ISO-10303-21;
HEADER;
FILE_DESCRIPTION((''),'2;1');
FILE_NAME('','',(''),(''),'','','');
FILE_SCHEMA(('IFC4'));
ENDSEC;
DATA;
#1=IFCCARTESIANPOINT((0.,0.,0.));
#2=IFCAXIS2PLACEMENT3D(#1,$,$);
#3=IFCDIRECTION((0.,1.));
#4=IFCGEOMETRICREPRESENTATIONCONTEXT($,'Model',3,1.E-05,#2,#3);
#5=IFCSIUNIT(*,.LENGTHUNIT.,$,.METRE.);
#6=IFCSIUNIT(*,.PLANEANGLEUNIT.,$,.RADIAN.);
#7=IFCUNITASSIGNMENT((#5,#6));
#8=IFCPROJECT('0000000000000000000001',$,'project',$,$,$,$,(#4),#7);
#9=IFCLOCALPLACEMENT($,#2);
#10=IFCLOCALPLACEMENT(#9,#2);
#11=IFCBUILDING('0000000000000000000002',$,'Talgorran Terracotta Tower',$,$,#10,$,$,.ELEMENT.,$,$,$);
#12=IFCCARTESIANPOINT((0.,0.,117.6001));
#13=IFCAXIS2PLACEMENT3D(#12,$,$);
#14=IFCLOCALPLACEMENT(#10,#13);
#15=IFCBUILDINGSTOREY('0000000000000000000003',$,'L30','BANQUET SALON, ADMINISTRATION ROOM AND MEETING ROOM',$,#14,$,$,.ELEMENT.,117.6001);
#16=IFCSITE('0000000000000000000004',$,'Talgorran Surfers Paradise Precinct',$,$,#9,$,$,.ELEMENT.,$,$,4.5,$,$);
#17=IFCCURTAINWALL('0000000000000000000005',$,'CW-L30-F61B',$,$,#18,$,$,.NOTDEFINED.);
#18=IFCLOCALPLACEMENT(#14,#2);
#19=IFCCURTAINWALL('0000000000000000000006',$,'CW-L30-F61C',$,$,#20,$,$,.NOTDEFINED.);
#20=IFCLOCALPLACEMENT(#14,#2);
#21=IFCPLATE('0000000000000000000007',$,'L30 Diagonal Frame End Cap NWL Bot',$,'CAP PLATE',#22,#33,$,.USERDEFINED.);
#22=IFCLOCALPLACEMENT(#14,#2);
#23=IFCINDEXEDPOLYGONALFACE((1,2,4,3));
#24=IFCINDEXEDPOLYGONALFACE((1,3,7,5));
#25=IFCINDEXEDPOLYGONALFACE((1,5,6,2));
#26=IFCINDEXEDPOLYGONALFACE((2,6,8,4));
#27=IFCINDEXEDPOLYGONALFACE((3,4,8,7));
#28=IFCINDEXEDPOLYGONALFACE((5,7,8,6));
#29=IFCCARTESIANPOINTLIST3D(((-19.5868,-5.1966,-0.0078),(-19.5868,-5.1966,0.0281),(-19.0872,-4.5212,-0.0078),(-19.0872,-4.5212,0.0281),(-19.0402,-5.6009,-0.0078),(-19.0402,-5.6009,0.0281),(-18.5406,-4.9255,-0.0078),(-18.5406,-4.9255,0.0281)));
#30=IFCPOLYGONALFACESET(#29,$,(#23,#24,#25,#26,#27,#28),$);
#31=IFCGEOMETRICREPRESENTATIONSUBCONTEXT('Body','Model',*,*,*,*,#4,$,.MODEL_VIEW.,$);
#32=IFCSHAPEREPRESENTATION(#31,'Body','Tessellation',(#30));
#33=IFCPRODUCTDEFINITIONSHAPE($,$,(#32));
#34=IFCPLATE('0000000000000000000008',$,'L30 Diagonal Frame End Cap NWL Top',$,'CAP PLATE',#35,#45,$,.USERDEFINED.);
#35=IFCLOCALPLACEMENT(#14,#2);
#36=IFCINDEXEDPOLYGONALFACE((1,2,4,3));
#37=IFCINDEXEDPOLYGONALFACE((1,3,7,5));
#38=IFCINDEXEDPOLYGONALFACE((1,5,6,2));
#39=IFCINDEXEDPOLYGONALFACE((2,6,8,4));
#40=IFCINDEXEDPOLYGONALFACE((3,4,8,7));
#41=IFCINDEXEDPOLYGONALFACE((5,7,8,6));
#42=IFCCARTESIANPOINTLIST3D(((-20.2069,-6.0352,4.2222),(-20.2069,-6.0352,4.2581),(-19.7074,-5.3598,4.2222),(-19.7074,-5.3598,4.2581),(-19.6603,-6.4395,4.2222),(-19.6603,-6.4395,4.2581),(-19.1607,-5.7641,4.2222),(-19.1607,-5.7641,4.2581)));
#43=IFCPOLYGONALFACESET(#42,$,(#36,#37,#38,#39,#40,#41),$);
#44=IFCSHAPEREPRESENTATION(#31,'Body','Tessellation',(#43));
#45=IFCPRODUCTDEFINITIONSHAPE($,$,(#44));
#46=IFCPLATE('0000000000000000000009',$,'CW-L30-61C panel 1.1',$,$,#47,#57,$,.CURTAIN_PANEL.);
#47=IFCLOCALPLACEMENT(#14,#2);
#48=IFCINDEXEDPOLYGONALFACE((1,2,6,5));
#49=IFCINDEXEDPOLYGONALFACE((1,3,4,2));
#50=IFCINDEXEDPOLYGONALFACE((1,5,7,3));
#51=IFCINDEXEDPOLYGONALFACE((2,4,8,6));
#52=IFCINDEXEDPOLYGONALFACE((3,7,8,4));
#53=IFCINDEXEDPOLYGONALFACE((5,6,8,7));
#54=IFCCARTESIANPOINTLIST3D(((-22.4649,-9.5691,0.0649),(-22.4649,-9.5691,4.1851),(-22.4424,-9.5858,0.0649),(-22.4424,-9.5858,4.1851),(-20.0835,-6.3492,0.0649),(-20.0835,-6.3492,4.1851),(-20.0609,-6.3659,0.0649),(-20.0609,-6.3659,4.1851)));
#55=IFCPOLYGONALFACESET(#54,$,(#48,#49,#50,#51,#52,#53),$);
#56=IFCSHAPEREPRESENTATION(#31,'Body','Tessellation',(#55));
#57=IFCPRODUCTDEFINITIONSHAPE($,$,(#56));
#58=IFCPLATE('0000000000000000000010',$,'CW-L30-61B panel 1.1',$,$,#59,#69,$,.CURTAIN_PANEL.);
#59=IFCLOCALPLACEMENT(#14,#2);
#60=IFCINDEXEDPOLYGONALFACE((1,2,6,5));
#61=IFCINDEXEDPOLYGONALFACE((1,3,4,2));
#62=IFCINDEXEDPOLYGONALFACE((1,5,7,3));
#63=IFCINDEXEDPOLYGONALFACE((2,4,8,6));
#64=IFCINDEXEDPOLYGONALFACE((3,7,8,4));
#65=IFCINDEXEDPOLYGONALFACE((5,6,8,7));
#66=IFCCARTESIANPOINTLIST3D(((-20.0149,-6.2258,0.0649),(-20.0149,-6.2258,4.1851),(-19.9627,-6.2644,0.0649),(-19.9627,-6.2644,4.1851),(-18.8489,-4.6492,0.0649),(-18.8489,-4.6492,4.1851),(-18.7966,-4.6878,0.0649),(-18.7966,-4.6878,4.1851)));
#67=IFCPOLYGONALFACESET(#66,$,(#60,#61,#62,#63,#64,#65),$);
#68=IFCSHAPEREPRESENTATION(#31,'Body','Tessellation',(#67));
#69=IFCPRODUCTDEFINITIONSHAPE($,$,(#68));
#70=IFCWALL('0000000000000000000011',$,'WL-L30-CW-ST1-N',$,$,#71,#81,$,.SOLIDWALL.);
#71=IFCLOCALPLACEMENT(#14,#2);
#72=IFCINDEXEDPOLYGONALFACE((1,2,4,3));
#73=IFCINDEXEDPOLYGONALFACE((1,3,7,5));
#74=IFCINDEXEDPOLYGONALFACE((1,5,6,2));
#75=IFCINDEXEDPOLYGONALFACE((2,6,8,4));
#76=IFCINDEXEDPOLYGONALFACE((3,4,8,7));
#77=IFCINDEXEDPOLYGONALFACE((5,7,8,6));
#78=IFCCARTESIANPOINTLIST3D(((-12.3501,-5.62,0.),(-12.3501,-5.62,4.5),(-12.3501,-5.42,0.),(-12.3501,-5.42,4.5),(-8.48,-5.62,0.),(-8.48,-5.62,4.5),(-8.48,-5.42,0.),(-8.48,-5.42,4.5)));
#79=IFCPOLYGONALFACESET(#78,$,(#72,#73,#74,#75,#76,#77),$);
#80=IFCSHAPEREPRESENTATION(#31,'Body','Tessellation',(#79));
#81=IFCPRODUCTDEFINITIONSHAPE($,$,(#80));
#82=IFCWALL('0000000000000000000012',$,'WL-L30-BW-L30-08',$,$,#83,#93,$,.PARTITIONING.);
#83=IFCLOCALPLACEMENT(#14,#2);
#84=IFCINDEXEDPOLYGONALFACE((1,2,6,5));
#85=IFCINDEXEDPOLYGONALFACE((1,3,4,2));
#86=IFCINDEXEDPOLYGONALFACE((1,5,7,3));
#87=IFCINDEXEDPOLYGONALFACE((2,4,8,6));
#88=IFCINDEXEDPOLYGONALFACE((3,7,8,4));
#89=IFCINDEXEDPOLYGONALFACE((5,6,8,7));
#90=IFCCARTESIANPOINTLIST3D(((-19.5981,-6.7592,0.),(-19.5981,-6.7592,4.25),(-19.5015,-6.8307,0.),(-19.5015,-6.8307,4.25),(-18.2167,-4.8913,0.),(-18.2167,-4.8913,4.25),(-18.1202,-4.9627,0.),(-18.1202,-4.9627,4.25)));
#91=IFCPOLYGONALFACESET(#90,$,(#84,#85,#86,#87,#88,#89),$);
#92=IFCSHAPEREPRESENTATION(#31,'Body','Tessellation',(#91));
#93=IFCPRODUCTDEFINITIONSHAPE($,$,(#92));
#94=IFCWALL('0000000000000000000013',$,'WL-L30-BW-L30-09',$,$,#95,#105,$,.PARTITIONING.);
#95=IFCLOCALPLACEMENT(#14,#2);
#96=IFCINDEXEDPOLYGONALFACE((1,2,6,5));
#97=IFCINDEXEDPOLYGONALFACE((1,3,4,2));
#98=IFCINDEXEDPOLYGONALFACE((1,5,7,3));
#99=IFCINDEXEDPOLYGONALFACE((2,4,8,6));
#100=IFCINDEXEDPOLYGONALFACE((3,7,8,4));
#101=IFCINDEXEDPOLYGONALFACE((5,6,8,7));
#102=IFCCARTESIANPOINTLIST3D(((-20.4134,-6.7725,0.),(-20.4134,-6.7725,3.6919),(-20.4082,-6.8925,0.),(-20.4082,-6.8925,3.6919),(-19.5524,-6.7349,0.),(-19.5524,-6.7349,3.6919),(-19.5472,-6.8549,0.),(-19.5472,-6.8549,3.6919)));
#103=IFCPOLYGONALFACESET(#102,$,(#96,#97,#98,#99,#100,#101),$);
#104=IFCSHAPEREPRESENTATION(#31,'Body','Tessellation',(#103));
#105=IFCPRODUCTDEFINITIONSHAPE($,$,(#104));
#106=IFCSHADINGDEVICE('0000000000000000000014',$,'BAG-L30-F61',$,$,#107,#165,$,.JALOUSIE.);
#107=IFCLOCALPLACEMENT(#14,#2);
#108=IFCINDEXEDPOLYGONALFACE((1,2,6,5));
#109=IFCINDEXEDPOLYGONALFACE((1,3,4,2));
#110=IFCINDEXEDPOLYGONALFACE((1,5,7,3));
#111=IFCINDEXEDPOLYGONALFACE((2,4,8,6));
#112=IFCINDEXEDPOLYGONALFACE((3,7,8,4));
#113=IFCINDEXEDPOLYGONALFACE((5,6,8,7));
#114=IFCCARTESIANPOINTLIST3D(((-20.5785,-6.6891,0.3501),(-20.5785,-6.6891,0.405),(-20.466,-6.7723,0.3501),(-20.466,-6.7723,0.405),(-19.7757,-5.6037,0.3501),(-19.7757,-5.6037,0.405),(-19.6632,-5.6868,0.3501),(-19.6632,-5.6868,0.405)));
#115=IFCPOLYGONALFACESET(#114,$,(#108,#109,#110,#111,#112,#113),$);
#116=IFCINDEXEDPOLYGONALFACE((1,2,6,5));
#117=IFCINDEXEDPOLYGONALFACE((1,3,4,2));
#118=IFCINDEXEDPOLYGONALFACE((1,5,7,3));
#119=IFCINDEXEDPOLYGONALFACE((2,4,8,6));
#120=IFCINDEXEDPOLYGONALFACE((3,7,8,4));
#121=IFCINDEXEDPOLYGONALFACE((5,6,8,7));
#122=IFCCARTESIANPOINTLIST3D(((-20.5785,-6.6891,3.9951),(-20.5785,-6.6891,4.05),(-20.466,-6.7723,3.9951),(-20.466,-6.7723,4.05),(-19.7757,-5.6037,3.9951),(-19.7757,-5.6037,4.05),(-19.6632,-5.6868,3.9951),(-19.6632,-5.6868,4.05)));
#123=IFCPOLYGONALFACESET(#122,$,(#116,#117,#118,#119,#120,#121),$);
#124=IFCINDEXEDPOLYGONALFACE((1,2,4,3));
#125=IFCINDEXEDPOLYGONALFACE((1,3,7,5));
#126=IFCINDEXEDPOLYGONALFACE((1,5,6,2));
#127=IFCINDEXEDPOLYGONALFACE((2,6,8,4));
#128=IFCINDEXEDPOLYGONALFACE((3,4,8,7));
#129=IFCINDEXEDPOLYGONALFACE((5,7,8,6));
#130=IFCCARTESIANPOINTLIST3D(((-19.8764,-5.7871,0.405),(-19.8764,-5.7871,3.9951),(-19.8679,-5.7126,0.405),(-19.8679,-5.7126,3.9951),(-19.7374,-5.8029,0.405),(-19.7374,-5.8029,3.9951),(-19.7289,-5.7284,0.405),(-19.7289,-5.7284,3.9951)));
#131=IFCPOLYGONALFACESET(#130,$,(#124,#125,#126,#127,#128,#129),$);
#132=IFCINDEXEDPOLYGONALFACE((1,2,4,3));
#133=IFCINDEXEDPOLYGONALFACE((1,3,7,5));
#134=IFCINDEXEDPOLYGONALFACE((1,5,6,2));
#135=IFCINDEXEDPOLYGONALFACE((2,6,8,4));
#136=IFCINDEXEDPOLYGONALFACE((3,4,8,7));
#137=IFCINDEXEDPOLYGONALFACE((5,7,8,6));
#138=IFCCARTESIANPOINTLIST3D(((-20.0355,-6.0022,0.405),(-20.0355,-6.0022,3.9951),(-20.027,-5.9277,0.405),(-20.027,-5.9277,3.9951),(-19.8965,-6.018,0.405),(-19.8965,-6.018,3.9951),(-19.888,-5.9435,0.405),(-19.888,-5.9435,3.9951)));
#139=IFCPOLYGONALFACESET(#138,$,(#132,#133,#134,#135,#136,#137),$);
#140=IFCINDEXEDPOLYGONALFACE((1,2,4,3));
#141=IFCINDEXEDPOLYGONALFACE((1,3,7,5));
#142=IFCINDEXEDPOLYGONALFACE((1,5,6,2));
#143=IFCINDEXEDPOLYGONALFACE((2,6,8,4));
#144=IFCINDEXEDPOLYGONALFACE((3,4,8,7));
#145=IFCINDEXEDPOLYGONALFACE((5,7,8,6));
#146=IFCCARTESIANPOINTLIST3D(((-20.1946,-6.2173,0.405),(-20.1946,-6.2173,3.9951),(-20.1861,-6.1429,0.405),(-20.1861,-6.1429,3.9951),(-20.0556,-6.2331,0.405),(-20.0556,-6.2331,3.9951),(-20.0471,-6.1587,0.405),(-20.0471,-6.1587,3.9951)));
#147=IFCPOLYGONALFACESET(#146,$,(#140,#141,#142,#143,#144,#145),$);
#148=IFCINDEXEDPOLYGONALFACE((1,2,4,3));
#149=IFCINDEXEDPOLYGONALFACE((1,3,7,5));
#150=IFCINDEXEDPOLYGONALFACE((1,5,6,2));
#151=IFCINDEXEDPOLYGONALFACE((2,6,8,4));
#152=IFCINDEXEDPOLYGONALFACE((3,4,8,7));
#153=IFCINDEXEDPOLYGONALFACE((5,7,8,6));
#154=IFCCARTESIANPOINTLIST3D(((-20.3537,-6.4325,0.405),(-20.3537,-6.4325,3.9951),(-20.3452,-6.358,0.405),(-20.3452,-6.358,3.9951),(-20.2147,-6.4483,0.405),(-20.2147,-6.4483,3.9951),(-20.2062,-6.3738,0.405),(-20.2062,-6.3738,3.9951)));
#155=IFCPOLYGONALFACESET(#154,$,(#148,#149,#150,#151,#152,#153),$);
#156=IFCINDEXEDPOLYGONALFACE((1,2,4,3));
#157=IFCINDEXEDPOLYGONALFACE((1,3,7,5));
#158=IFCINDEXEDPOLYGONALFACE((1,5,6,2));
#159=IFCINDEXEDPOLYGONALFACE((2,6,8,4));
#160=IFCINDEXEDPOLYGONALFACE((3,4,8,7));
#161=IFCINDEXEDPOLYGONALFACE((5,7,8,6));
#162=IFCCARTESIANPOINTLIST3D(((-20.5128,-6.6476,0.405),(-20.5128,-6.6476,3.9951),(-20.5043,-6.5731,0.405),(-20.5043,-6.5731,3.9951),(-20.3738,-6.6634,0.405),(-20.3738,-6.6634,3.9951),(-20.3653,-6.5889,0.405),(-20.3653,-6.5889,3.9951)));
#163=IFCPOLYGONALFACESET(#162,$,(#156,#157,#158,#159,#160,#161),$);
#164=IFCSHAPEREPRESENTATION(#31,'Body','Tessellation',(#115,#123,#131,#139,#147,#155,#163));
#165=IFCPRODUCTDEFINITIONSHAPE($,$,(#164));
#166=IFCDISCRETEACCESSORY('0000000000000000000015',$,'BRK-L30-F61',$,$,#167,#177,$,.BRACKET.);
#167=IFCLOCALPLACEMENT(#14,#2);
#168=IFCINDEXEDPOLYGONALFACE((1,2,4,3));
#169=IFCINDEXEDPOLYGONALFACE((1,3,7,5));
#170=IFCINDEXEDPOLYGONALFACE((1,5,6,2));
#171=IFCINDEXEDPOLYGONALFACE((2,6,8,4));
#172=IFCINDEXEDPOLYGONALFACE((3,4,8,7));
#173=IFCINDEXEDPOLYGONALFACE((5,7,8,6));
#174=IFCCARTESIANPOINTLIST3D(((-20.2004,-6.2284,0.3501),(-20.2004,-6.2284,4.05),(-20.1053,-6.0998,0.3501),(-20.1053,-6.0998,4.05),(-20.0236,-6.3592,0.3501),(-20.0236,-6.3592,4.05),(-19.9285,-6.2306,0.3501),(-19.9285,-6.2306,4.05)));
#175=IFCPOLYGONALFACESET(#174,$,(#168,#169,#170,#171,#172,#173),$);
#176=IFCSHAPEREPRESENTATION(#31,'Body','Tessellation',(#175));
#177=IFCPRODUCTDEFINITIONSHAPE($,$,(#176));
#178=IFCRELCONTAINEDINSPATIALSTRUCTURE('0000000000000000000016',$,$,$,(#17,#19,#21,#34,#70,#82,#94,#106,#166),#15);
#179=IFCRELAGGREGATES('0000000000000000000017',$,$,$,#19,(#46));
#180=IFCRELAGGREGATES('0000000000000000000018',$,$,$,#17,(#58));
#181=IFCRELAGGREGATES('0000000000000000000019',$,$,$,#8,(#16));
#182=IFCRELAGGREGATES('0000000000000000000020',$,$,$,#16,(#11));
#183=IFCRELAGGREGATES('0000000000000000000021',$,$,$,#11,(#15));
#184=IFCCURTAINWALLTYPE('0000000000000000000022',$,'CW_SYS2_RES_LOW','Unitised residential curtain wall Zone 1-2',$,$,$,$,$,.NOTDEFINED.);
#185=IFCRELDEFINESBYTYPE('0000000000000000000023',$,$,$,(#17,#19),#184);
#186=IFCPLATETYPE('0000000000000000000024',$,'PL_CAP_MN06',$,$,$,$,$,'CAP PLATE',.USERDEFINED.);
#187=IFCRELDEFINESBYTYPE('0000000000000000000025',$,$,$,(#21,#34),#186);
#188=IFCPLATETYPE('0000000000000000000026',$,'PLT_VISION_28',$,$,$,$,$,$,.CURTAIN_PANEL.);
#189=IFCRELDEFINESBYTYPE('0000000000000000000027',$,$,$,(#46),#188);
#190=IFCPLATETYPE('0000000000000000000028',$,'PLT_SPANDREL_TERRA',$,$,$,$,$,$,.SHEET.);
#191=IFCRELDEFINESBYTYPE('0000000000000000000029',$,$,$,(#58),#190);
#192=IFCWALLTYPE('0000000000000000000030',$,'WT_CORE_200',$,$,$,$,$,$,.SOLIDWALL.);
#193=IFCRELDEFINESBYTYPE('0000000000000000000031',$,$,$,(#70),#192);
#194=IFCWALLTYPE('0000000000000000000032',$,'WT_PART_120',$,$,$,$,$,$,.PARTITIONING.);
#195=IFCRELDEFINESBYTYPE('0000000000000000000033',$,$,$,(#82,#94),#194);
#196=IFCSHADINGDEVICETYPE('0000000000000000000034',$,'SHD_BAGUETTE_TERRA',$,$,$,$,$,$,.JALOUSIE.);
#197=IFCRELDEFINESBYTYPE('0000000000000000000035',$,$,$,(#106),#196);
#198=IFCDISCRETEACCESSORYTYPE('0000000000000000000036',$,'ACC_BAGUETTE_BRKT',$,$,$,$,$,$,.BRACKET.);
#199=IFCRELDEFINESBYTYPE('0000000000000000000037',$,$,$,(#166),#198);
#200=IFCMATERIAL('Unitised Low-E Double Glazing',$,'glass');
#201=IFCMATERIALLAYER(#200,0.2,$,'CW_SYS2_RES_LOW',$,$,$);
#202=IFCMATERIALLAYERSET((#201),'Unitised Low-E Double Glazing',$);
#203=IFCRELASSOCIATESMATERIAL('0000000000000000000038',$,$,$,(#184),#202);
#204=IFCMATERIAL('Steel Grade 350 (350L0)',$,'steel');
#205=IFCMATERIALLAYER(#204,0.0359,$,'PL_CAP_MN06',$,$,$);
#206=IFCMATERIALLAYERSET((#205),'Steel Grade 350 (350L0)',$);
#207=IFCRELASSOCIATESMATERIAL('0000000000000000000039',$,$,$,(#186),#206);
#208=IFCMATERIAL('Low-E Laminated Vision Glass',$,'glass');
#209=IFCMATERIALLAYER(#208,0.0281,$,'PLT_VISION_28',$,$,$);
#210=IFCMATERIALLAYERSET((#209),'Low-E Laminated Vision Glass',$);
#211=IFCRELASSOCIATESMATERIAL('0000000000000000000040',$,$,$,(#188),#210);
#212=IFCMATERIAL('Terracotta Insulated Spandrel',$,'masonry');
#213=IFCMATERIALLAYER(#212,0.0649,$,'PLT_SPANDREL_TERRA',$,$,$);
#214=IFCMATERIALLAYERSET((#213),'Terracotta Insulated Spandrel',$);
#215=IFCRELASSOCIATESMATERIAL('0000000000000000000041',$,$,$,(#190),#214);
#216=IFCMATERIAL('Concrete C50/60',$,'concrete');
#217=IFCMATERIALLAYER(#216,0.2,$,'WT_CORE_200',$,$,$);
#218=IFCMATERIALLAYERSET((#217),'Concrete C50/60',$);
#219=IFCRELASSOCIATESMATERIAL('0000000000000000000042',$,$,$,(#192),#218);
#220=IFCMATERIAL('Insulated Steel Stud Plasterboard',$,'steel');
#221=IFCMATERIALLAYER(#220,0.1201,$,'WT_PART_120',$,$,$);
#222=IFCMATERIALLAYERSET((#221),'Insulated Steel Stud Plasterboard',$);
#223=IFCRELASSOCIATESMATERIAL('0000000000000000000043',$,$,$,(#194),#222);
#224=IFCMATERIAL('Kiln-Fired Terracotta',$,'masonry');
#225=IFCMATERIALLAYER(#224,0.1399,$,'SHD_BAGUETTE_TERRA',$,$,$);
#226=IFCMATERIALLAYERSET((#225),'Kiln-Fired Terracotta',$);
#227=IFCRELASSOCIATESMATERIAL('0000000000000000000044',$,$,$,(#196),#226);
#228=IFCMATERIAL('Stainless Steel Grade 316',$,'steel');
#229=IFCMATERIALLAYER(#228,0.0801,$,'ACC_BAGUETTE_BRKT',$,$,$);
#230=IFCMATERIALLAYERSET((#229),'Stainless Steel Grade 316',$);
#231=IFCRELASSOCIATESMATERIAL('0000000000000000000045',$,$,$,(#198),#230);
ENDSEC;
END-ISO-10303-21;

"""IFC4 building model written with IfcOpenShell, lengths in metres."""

from ifc_helpers import new_model, si_unit, direction, frame, frame_2d, origin, origin_2d, place, context, subcontext, project, spatial, rectangle, extrude, source, transform, mapped, material, layer, layer_set, type_object, type_shapes, element, aggregate, save


model = new_model("IFC4")

# Units and contexts
model_context = context("Model", 3, precision=1e-05, world=origin(), true_north=direction((0.0, 1.0)))
body_context = subcontext(model_context, "Body", "Model", "MODEL_VIEW")
ifc_project = project(units=[si_unit("LENGTHUNIT", "METRE"), si_unit("PLANEANGLEUNIT", "RADIAN")], contexts=[model_context])

# Site, building, storey
site_placement = place(None, origin())
site = spatial("IfcSite", under=ifc_project, at=site_placement, Name="Talgorran Surfers Paradise Precinct", CompositionType="ELEMENT", RefElevation=4.5)
building_placement = place(site_placement, origin())
building = spatial("IfcBuilding", under=site, at=building_placement, Name="Talgorran Terracotta Tower", CompositionType="ELEMENT")
storey_placement = place(building_placement, frame((0.0, 0.0, 117.6001)))
storey = spatial("IfcBuildingStorey", under=building, at=storey_placement, Name="L30", Description="BANQUET SALON, ADMINISTRATION ROOM AND MEETING ROOM", CompositionType="ELEMENT", Elevation=117.6001)

# Shared definitions
ifc_material_1 = material(Name="Steel Grade 350 (350L0)", Category="steel")

# Shared definitions
ifc_material_2 = material(Name="Unitised Low-E Double Glazing", Category="glass")
ifc_layer_1 = layer(ifc_material_2, 0.2, Name="CW_SYS2_RES_LOW")
ifc_layer_set_1 = layer_set([ifc_layer_1], Name="Unitised Low-E Double Glazing")
curtain_wall_type = type_object("IfcCurtainWallType", Name="CW_SYS2_RES_LOW", Description="Unitised residential curtain wall Zone 1-2", PredefinedType="NOTDEFINED", material=ifc_layer_set_1)

# Curtain walls
curtain_wall_1_placement = place(storey_placement, origin())
curtain_wall_1 = element("IfcCurtainWall", 1, at=curtain_wall_1_placement, inside=storey, type_object=curtain_wall_type, Name="CW-L30-F61B", PredefinedType="NOTDEFINED")
curtain_wall_2_placement = place(storey_placement, origin())
curtain_wall_2 = element("IfcCurtainWall", 2, at=curtain_wall_2_placement, inside=storey, type_object=curtain_wall_type, Name="CW-L30-F61C", PredefinedType="NOTDEFINED")

# Plates
ifc_layer_2 = layer(ifc_material_1, 0.0359, Name="PL_CAP_MN06")
ifc_layer_set_2 = layer_set([ifc_layer_2], Name="Steel Grade 350 (350L0)")
plate_type_1 = type_object("IfcPlateType", Name="PL_CAP_MN06", ElementType="CAP PLATE", PredefinedType="USERDEFINED", material=ifc_layer_set_2)
for number, where, z_axis, x_axis, name in (
    (3, (-19.0637, -5.061, -0.0078), (0.0, 0.0, 1.0), (-0.594682, -0.803961, 0.0), "L30 Diagonal Frame End Cap NWL Bot"),
    (4, (-19.6838, -5.8997, 4.2222), (0.0, 0.0, 1.0), (-0.594682, -0.803961, 0.0), "L30 Diagonal Frame End Cap NWL Top"),
):
    element("IfcPlate", number, at=place(storey_placement, frame(where, z_axis=z_axis, x_axis=x_axis)), inside=storey, type_object=plate_type_1, Name=name, ObjectType="CAP PLATE", PredefinedType="USERDEFINED", context=body_context, shape_type="SweptSolid", body=[
        extrude(rectangle(XDim=0.8401, YDim=0.6799, at=origin_2d()), origin(), (0.0, 0.0, 1.0), 0.0359),
    ])

# Plates
ifc_material_3 = material(Name="Low-E Laminated Vision Glass", Category="glass")
ifc_layer_3 = layer(ifc_material_3, 0.0281, Name="PLT_VISION_28")
ifc_layer_set_3 = layer_set([ifc_layer_3], Name="Low-E Laminated Vision Glass")
plate_type_2 = type_object("IfcPlateType", Name="PLT_VISION_28", PredefinedType="CURTAIN_PANEL", material=ifc_layer_set_3)
shared_shape_1 = source(origin(), body_context, "Body", "SweptSolid", [
    extrude(rectangle(XDim=4.0049, YDim=0.0281, at=origin_2d()), origin(), (0.0, 0.0, 1.0), 4.1201),
])
type_shapes(plate_type_2, [shared_shape_1])
plate_1_placement = place(storey_placement, frame((-21.2629, -7.9675, 0.0649), z_axis=(0.0, 0.0, 1.0), x_axis=(-0.594631, -0.803999, 0.0)))
plate_1 = element("IfcPlate", 5, at=plate_1_placement, type_object=plate_type_2, Name="CW-L30-61C panel 1.1", PredefinedType="CURTAIN_PANEL", context=body_context, shape_type="MappedRepresentation", body=[
    mapped(shared_shape_1, transform((0.0, 0.0, 0.0), scale=1.0)),
])
aggregate(curtain_wall_2, [plate_1])
ifc_material_4 = material(Name="Terracotta Insulated Spandrel", Category="masonry")
ifc_layer_4 = layer(ifc_material_4, 0.0649, Name="PLT_SPANDREL_TERRA")
ifc_layer_set_4 = layer_set([ifc_layer_4], Name="Terracotta Insulated Spandrel")
plate_type_3 = type_object("IfcPlateType", Name="PLT_SPANDREL_TERRA", PredefinedType="SHEET", material=ifc_layer_set_4)
shared_shape_2 = source(origin(), body_context, "Body", "SweptSolid", [
    extrude(rectangle(XDim=1.9609, YDim=0.0649, at=origin_2d()), origin(), (0.0, 0.0, 1.0), 4.1201),
])
type_shapes(plate_type_3, [shared_shape_2])
plate_2_placement = place(storey_placement, frame((-19.4058, -5.4568, 0.0649), z_axis=(0.0, 0.0, 1.0), x_axis=(-0.59463, -0.803999, 0.0)))
plate_2 = element("IfcPlate", 6, at=plate_2_placement, type_object=plate_type_3, Name="CW-L30-61B panel 1.1", PredefinedType="CURTAIN_PANEL", context=body_context, shape_type="MappedRepresentation", body=[
    mapped(shared_shape_2, transform((0.0, 0.0, 0.0), scale=1.0)),
])
aggregate(curtain_wall_1, [plate_2])

# Walls
ifc_material_5 = material(Name="Concrete C50/60", Category="concrete")
ifc_layer_5 = layer(ifc_material_5, 0.2, Name="WT_CORE_200")
ifc_layer_set_5 = layer_set([ifc_layer_5], Name="Concrete C50/60")
wall_type_1 = type_object("IfcWallType", Name="WT_CORE_200", PredefinedType="SOLIDWALL", material=ifc_layer_set_5)
wall_1_placement = place(storey_placement, frame((-12.3501, -5.52, 0.0), z_axis=(0.0, 0.0, 1.0), x_axis=(1.0, 0.0, 0.0)))
element("IfcWall", 7, at=wall_1_placement, inside=storey, type_object=wall_type_1, Name="WL-L30-CW-ST1-N", PredefinedType="SOLIDWALL", context=body_context, shape_type="SweptSolid", body=[
    extrude(rectangle(XDim=3.8701, YDim=0.2, at=frame_2d((1.9351, 0.0))), origin(), (0.0, 0.0, 1.0), 4.5),
])
ifc_material_6 = material(Name="Insulated Steel Stud Plasterboard", Category="steel")
ifc_layer_6 = layer(ifc_material_6, 0.1201, Name="WT_PART_120")
ifc_layer_set_6 = layer_set([ifc_layer_6], Name="Insulated Steel Stud Plasterboard")
wall_type_2 = type_object("IfcWallType", Name="WT_PART_120", PredefinedType="PARTITIONING", material=ifc_layer_set_6)
wall_2_placement = place(storey_placement, frame((-18.1685, -4.927, 0.0), z_axis=(0.0, 0.0, 1.0), x_axis=(-0.594589, -0.80403, 0.0)))
element("IfcWall", 8, at=wall_2_placement, inside=storey, type_object=wall_type_2, Name="WL-L30-BW-L30-08", PredefinedType="PARTITIONING", context=body_context, shape_type="SweptSolid", body=[
    extrude(rectangle(XDim=2.3232, YDim=0.1201, at=frame_2d((1.1616, 0.0))), origin(), (0.0, 0.0, 1.0), 4.25),
])
wall_3_placement = place(storey_placement, frame((-19.5498, -6.7949, 0.0), z_axis=(0.0, 0.0, 1.0), x_axis=(-0.999048, -0.043622, 0.0)))
element("IfcWall", 9, at=wall_3_placement, inside=storey, type_object=wall_type_2, Name="WL-L30-BW-L30-09", PredefinedType="PARTITIONING", context=body_context, shape_type="SweptSolid", body=[
    extrude(rectangle(XDim=0.8618, YDim=0.1201, at=frame_2d((0.4309, 0.0))), origin(), (0.0, 0.0, 1.0), 3.6919),
])

# Shading device
ifc_material_7 = material(Name="Kiln-Fired Terracotta", Category="masonry")
ifc_layer_7 = layer(ifc_material_7, 0.1399, Name="SHD_BAGUETTE_TERRA")
ifc_layer_set_7 = layer_set([ifc_layer_7], Name="Kiln-Fired Terracotta")
shading_device_type = type_object("IfcShadingDeviceType", Name="SHD_BAGUETTE_TERRA", PredefinedType="JALOUSIE", material=ifc_layer_set_7)
shared_shape_3 = source(origin(), body_context, "Body", "SweptSolid", [
    extrude(rectangle(XDim=1.3501, YDim=0.1399, at=origin_2d()), origin(), (0.0, 0.0, 1.0), 0.0549),
    extrude(rectangle(XDim=1.3501, YDim=0.1399, at=origin_2d()), frame((0.0, 0.0, 3.645)), (0.0, 0.0, 1.0), 0.0549),
    extrude(rectangle(XDim=0.075, YDim=0.1399, at=origin_2d()), frame((-0.5352, 0.0, 0.0549), z_axis=(0.0, 0.0, 1.0), x_axis=(0.866025, 0.5, 0.0)), (0.0, 0.0, 1.0), 3.5901),
    extrude(rectangle(XDim=0.075, YDim=0.1399, at=origin_2d()), frame((-0.2676, 0.0, 0.0549), z_axis=(0.0, 0.0, 1.0), x_axis=(0.866025, 0.5, 0.0)), (0.0, 0.0, 1.0), 3.5901),
    extrude(rectangle(XDim=0.075, YDim=0.1399, at=origin_2d()), frame((0.0, 0.0, 0.0549), z_axis=(0.0, 0.0, 1.0), x_axis=(0.866025, 0.5, 0.0)), (0.0, 0.0, 1.0), 3.5901),
    extrude(rectangle(XDim=0.075, YDim=0.1399, at=origin_2d()), frame((0.2676, 0.0, 0.0549), z_axis=(0.0, 0.0, 1.0), x_axis=(0.866025, 0.5, 0.0)), (0.0, 0.0, 1.0), 3.5901),
    extrude(rectangle(XDim=0.075, YDim=0.1399, at=origin_2d()), frame((0.5352, 0.0, 0.0549), z_axis=(0.0, 0.0, 1.0), x_axis=(0.866025, 0.5, 0.0)), (0.0, 0.0, 1.0), 3.5901),
])
type_shapes(shading_device_type, [shared_shape_3])
shading_device_placement = place(storey_placement, frame((-20.1208, -6.188, 0.3501), z_axis=(0.0, 0.0, 1.0), x_axis=(-0.59464, -0.803992, 0.0)))
element("IfcShadingDevice", 10, at=shading_device_placement, inside=storey, type_object=shading_device_type, Name="BAG-L30-F61", PredefinedType="JALOUSIE", context=body_context, shape_type="MappedRepresentation", body=[
    mapped(shared_shape_3, transform((0.0, 0.0, 0.0), scale=1.0)),
])

# Discrete accessory
ifc_material_8 = material(Name="Stainless Steel Grade 316", Category="steel")
ifc_layer_8 = layer(ifc_material_8, 0.0801, Name="ACC_BAGUETTE_BRKT")
ifc_layer_set_8 = layer_set([ifc_layer_8], Name="Stainless Steel Grade 316")
discrete_accessory_type = type_object("IfcDiscreteAccessoryType", Name="ACC_BAGUETTE_BRKT", PredefinedType="BRACKET", material=ifc_layer_set_8)
shared_shape_4 = source(origin(), body_context, "Body", "SweptSolid", [
    extrude(rectangle(XDim=0.1599, YDim=0.22, at=origin_2d()), origin(), (0.0, 0.0, 1.0), 3.7),
])
type_shapes(discrete_accessory_type, [shared_shape_4])
discrete_accessory_placement = place(storey_placement, frame((-20.0645, -6.2295, 0.3501), z_axis=(0.0, 0.0, 1.0), x_axis=(-0.59464, -0.803992, 0.0)))
element("IfcDiscreteAccessory", 11, at=discrete_accessory_placement, inside=storey, type_object=discrete_accessory_type, Name="BRK-L30-F61", PredefinedType="BRACKET", context=body_context, shape_type="MappedRepresentation", body=[
    mapped(shared_shape_4, transform((0.0, 0.0, 0.0), scale=1.0)),
])

save(model, "model.ifc")
